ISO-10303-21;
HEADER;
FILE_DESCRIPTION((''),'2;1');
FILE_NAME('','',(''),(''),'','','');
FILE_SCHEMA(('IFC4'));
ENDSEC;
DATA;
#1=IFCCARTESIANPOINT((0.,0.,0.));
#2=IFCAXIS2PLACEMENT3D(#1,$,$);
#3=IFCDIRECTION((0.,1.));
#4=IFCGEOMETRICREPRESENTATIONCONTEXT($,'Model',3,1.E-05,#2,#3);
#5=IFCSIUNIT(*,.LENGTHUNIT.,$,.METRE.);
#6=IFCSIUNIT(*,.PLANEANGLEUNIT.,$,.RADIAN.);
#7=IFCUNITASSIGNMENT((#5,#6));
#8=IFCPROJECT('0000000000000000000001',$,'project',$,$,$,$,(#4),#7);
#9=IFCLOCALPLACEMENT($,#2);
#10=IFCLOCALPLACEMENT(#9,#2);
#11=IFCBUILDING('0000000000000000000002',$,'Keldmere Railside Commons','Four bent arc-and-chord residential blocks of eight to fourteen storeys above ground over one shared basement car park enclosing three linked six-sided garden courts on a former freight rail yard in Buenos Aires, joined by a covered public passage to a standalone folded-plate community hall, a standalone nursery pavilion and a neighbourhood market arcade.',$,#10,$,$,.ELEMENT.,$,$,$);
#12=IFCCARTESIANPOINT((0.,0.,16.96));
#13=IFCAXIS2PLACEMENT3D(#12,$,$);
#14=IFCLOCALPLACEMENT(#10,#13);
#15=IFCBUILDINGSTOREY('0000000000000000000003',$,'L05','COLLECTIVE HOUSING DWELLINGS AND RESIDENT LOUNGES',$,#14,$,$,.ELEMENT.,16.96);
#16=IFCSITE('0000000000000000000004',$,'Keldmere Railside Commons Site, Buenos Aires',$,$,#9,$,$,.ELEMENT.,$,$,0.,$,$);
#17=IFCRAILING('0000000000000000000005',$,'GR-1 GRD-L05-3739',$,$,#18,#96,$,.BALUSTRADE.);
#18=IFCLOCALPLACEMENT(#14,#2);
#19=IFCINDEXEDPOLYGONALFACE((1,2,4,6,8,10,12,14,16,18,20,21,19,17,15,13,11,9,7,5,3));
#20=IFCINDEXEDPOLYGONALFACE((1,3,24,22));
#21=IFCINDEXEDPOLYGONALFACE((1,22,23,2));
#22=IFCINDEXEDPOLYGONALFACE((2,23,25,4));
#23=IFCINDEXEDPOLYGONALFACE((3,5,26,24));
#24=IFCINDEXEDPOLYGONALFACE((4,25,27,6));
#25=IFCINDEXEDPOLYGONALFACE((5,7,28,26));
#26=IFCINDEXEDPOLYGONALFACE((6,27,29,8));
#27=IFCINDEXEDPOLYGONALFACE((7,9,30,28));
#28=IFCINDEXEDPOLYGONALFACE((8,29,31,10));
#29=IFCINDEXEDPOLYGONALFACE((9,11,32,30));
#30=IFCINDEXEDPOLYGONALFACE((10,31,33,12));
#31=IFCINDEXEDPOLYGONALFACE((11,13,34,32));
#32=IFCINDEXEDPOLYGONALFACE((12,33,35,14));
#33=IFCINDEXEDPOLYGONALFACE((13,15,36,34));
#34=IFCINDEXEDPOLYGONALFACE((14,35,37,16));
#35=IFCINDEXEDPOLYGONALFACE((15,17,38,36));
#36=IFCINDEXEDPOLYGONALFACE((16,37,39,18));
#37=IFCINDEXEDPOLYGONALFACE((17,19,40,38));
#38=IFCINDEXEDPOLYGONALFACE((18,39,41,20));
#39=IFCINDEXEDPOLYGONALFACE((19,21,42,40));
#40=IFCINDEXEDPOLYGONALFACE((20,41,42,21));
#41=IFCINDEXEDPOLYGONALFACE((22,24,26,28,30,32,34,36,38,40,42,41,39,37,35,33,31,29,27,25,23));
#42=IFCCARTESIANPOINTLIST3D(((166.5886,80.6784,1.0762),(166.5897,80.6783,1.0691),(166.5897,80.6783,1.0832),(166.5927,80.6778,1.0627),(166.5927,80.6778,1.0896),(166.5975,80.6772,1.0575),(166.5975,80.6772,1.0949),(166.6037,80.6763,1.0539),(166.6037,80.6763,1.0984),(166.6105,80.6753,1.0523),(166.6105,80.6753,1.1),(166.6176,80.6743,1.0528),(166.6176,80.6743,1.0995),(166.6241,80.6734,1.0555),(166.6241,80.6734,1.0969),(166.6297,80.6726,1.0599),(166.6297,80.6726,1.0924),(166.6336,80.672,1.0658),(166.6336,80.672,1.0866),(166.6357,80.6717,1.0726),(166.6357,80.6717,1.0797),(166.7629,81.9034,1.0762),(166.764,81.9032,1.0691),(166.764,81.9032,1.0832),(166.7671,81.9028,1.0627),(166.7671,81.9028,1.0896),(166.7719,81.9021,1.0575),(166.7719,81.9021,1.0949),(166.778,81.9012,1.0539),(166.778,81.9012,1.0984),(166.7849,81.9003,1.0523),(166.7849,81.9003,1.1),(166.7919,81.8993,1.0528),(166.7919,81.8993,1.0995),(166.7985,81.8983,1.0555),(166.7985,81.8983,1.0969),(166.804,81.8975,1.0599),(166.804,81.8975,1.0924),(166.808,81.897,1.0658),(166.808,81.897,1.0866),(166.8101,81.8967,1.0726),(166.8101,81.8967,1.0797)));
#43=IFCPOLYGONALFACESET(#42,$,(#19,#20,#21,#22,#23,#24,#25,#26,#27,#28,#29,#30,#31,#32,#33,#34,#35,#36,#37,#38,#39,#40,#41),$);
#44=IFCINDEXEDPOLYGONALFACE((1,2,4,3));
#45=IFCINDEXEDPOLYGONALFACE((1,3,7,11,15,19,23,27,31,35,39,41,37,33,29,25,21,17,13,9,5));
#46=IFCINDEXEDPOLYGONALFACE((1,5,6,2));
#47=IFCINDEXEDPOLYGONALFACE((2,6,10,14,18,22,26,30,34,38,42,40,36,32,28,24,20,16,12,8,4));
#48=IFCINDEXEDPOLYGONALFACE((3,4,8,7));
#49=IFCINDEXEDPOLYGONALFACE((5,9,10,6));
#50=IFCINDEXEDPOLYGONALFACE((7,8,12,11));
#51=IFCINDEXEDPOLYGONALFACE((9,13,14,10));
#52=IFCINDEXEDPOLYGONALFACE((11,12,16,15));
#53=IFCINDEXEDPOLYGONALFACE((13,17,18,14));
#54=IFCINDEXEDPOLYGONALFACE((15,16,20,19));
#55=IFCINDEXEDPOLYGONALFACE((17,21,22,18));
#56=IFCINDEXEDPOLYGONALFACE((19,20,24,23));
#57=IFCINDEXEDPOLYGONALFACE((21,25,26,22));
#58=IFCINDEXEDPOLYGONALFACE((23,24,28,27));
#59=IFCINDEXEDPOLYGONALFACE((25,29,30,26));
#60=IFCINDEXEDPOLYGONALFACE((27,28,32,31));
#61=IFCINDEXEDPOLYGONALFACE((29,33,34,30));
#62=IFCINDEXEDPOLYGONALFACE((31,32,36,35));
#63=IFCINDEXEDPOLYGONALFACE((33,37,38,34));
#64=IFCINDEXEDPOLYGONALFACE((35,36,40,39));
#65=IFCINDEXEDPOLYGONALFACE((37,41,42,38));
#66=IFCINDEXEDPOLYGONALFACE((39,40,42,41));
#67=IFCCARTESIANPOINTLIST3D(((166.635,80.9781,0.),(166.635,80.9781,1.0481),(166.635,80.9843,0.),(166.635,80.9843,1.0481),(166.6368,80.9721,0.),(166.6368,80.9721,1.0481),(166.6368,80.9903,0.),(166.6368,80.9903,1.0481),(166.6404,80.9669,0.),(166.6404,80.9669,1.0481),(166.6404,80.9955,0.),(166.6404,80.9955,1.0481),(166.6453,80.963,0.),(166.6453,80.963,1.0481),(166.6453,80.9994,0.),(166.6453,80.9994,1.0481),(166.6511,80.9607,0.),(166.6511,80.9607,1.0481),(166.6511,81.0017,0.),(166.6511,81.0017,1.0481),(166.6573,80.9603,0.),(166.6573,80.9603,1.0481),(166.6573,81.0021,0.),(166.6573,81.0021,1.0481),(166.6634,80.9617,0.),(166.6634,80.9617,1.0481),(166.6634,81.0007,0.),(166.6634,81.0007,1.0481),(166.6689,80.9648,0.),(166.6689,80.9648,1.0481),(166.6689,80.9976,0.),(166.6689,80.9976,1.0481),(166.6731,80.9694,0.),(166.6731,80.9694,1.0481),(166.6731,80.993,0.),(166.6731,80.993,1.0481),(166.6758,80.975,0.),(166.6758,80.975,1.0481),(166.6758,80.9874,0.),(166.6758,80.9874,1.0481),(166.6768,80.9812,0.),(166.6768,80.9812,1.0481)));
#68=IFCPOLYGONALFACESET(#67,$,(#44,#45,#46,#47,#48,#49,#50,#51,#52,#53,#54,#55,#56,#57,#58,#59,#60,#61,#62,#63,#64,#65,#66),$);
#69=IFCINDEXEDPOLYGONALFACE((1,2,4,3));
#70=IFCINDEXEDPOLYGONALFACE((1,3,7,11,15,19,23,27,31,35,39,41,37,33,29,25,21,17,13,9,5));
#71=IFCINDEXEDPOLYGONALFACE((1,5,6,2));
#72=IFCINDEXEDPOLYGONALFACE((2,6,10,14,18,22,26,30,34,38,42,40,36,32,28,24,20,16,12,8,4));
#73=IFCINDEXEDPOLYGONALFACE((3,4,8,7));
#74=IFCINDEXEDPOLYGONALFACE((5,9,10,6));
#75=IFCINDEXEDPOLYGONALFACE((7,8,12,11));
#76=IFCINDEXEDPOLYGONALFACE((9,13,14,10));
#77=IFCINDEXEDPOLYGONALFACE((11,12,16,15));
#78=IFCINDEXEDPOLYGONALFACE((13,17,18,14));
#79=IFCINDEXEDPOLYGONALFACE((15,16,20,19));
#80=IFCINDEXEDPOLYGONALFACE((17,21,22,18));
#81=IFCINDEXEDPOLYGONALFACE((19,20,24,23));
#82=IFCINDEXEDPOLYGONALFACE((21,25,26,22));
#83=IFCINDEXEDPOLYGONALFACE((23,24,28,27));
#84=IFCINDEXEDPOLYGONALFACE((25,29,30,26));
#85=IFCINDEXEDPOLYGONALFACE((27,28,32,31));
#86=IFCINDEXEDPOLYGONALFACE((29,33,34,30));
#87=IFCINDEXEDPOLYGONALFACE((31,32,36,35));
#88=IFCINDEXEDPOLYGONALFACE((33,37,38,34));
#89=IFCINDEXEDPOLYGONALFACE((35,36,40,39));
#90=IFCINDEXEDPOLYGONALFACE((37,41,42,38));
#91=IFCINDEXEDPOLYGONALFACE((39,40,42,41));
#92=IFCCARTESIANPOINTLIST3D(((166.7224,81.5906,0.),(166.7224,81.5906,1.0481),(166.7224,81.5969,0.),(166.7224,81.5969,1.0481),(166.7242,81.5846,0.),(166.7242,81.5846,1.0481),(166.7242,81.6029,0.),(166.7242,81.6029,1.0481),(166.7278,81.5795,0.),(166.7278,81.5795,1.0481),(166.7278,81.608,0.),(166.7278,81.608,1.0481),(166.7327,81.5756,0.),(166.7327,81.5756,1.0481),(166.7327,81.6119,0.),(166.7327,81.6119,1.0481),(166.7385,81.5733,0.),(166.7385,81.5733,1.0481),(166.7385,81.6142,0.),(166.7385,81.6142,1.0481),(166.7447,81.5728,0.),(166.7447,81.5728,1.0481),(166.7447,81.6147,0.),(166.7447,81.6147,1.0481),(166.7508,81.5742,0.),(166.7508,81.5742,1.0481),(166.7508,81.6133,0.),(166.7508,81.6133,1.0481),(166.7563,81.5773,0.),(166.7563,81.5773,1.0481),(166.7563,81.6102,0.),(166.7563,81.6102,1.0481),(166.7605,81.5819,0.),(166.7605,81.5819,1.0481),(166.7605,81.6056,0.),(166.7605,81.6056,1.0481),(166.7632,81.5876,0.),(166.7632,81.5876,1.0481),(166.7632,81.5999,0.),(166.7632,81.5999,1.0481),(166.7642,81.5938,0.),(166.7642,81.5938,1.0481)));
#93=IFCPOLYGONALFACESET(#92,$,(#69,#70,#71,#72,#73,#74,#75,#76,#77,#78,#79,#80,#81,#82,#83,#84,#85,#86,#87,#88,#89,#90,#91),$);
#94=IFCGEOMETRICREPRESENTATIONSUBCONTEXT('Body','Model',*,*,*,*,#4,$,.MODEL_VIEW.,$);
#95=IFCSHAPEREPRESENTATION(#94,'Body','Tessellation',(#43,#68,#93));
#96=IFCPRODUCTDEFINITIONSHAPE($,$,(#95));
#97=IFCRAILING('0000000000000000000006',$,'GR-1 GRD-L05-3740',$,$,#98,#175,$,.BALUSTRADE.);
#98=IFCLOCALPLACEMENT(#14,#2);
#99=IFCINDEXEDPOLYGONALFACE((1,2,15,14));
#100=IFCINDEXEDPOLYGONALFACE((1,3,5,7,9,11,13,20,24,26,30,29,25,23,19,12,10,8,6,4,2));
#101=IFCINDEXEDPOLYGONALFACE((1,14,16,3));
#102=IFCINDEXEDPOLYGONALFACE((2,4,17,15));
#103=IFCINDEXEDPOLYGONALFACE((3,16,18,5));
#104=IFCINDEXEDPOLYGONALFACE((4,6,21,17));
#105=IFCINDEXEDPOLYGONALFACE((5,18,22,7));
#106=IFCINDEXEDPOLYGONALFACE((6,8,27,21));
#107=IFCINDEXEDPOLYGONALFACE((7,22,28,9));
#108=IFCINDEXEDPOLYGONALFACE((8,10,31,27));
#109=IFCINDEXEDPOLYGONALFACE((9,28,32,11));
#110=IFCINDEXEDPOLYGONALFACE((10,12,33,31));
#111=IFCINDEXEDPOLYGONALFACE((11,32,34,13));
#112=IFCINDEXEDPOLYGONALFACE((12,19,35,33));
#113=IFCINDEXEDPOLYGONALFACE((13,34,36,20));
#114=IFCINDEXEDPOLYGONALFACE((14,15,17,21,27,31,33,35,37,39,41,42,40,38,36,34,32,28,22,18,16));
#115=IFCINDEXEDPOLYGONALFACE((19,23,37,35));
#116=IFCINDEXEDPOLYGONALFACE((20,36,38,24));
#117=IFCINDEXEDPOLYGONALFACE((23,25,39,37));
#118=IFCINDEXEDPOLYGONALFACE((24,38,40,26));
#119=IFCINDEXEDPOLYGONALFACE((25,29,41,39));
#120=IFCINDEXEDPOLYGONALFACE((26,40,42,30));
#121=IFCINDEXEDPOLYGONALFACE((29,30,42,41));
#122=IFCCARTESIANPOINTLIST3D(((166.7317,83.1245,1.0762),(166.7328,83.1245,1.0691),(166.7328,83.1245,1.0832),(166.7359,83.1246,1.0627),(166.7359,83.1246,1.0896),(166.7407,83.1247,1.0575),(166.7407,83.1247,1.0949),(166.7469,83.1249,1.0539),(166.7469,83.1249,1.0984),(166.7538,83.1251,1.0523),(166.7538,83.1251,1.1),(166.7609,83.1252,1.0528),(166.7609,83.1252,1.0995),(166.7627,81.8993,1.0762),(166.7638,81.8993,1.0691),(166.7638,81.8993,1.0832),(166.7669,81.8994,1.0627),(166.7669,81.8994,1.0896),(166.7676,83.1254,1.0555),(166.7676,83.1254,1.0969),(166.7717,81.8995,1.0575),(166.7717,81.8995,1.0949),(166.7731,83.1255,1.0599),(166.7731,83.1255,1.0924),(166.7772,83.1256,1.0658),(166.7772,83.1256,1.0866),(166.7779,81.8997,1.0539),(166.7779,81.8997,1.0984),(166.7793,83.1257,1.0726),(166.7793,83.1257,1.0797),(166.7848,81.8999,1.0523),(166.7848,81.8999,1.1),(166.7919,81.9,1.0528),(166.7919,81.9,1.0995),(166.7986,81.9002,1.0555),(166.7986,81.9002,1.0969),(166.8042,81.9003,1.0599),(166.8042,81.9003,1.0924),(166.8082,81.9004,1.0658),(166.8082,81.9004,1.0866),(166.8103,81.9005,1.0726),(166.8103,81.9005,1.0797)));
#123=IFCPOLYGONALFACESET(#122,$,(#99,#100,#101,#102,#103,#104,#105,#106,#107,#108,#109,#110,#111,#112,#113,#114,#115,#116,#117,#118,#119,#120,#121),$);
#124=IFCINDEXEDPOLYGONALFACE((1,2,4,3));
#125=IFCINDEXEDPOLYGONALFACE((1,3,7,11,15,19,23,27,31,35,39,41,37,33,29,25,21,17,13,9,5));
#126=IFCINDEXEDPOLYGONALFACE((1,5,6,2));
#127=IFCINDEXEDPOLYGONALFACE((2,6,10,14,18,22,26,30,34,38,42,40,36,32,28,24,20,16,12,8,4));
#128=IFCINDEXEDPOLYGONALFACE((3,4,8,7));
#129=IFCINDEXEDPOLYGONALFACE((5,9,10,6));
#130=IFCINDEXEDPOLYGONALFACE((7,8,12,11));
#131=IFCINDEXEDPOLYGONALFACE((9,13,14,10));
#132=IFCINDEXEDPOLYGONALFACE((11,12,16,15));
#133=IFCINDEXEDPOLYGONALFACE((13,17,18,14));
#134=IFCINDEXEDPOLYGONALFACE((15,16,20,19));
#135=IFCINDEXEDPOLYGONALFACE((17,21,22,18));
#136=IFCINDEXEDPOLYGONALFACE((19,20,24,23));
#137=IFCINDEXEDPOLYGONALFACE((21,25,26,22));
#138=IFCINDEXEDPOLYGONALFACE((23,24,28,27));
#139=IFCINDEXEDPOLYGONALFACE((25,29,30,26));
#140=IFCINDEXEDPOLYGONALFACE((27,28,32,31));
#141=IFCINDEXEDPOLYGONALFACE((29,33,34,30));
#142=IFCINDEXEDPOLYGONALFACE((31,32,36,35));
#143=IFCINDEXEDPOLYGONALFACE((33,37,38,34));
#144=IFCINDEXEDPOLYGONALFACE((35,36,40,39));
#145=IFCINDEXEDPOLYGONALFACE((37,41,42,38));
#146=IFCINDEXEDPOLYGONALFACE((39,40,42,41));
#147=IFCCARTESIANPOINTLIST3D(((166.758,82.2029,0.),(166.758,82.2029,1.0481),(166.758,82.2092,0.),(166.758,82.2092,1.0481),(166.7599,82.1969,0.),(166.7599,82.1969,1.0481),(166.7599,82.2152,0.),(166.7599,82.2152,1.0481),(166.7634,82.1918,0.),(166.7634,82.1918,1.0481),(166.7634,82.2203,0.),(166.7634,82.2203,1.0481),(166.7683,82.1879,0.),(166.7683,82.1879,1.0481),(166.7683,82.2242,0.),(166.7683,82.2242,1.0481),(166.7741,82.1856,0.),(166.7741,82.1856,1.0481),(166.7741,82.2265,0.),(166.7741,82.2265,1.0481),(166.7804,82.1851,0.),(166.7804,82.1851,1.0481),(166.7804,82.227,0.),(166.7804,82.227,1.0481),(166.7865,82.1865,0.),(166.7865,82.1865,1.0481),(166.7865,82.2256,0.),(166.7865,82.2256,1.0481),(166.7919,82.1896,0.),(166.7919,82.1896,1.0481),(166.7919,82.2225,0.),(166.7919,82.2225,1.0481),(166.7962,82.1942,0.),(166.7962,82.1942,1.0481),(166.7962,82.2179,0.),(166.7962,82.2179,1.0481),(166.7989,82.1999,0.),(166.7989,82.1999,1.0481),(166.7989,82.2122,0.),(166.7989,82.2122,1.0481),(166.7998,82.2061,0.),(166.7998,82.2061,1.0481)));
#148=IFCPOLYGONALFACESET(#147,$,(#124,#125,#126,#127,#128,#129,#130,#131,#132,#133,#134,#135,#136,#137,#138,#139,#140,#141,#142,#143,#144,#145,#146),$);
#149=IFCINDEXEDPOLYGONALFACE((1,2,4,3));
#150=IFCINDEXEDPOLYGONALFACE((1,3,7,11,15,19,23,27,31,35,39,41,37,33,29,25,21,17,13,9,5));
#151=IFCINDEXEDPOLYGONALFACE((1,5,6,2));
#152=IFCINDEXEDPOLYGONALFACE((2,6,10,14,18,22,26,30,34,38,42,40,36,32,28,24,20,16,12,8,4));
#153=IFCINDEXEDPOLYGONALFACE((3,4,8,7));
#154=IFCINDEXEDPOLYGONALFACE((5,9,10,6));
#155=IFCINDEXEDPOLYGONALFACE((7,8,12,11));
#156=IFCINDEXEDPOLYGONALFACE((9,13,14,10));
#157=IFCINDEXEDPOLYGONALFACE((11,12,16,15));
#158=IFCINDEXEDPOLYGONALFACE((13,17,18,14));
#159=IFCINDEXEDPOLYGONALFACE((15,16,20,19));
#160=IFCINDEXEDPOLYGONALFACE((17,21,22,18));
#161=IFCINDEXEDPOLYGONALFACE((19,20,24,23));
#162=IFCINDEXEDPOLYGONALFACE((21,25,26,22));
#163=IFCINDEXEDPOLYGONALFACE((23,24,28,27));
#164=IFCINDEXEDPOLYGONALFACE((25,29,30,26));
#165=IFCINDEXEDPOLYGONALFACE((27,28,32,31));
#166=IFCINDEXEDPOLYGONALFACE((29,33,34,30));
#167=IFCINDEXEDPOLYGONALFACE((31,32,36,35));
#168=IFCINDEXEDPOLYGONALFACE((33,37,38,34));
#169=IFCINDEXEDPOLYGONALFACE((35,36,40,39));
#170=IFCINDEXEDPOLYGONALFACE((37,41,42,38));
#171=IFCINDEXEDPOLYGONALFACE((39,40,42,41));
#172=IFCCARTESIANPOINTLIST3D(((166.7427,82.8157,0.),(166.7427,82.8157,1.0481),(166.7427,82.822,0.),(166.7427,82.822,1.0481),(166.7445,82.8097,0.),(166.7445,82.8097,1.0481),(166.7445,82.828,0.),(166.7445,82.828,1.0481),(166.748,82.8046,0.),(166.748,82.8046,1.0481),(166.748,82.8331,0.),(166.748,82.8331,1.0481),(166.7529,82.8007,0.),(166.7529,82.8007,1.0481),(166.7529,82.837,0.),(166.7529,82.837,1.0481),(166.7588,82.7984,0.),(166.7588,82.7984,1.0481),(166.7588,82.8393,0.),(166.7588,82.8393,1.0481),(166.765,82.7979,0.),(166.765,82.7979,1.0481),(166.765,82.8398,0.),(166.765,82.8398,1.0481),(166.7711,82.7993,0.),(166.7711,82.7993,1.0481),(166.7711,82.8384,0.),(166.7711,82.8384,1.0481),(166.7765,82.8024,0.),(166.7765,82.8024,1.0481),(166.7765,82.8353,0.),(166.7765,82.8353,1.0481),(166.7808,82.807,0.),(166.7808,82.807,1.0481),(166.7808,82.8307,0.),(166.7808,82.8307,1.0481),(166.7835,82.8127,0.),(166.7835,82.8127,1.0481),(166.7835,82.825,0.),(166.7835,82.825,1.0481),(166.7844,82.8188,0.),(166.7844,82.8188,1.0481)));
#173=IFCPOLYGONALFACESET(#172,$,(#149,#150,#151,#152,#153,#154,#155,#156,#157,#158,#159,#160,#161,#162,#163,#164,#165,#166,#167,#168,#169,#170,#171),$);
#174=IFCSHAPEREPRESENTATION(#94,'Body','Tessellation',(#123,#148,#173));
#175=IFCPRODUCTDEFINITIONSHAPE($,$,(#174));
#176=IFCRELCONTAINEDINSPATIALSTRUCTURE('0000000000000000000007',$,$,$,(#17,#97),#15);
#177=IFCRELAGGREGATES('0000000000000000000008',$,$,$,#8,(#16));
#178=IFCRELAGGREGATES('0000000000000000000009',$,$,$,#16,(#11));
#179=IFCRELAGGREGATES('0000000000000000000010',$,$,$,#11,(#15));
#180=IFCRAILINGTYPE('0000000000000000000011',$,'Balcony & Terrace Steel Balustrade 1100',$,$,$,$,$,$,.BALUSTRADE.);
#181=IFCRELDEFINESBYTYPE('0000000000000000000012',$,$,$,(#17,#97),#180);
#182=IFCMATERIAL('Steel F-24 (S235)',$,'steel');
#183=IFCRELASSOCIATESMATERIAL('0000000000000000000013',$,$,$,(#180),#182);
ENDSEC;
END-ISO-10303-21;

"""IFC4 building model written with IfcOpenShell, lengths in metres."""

from ifc_helpers import new_model, si_unit, direction, frame, origin, origin_2d, place, context, subcontext, project, spatial, circle, extrude, material, type_object, element, save


model = new_model("IFC4")

# Units and contexts
model_context = context("Model", 3, precision=1e-05, world=origin(), true_north=direction((0.0, 1.0)))
body_context = subcontext(model_context, "Body", "Model", "MODEL_VIEW")
ifc_project = project(units=[si_unit("LENGTHUNIT", "METRE"), si_unit("PLANEANGLEUNIT", "RADIAN")], contexts=[model_context])

# Site, building, storey
site_placement = place(None, origin())
site = spatial("IfcSite", under=ifc_project, at=site_placement, Name="Keldmere Railside Commons Site, Buenos Aires", CompositionType="ELEMENT", RefElevation=0.0)
building_placement = place(site_placement, origin())
building = spatial("IfcBuilding", under=site, at=building_placement, Name="Keldmere Railside Commons", Description="Four bent arc-and-chord residential blocks of eight to fourteen storeys above ground over one shared basement car park enclosing three linked six-sided garden courts on a former freight rail yard in Buenos Aires, joined by a covered public passage to a standalone folded-plate community hall, a standalone nursery pavilion and a neighbourhood market arcade.", CompositionType="ELEMENT")
storey_placement = place(building_placement, frame((0.0, 0.0, 16.96)))
storey = spatial("IfcBuildingStorey", under=building, at=storey_placement, Name="L05", Description="COLLECTIVE HOUSING DWELLINGS AND RESIDENT LOUNGES", CompositionType="ELEMENT", Elevation=16.96)

# Railings
ifc_material_1 = material(Name="Steel F-24 (S235)", Category="steel")
railing_type = type_object("IfcRailingType", Name="Balcony & Terrace Steel Balustrade 1100", PredefinedType="BALUSTRADE", material=ifc_material_1)
railing_1_placement = place(storey_placement, frame((166.6123, 80.675, 0.0)))
element("IfcRailing", 1, at=railing_1_placement, inside=storey, type_object=railing_type, Name="GR-1 GRD-L05-3739", PredefinedType="BALUSTRADE", context=body_context, shape_type="SweptSolid", body=[
    extrude(circle(Radius=0.0239, at=origin_2d()), frame((0.0, 0.0, 1.0762), z_axis=(0.140896, 0.990024, 0.0), x_axis=(-0.990024, 0.140896, 0.0)), (0.0, 0.0, 1.0), 1.2373),
    extrude(circle(Radius=0.021, at=origin_2d()), frame((0.0435, 0.3062, 0.0)), (0.0, 0.0, 1.0), 1.0481),
    extrude(circle(Radius=0.021, at=origin_2d()), frame((0.1309, 0.9187, 0.0)), (0.0, 0.0, 1.0), 1.0481),
])
railing_2_placement = place(storey_placement, frame((166.7866, 81.8999, 0.0)))
element("IfcRailing", 2, at=railing_2_placement, inside=storey, type_object=railing_type, Name="GR-1 GRD-L05-3740", PredefinedType="BALUSTRADE", context=body_context, shape_type="SweptSolid", body=[
    extrude(circle(Radius=0.0239, at=origin_2d()), frame((0.0, 0.0, 1.0762), z_axis=(-0.025301, 0.99968, 0.0), x_axis=(-0.99968, -0.025301, 0.0)), (0.0, 0.0, 1.0), 1.2256),
    extrude(circle(Radius=0.021, at=origin_2d()), frame((-0.0078, 0.3062, 0.0)), (0.0, 0.0, 1.0), 1.0481),
    extrude(circle(Radius=0.021, at=origin_2d()), frame((-0.0232, 0.9189, 0.0)), (0.0, 0.0, 1.0), 1.0481),
])

save(model, "model.ifc")
